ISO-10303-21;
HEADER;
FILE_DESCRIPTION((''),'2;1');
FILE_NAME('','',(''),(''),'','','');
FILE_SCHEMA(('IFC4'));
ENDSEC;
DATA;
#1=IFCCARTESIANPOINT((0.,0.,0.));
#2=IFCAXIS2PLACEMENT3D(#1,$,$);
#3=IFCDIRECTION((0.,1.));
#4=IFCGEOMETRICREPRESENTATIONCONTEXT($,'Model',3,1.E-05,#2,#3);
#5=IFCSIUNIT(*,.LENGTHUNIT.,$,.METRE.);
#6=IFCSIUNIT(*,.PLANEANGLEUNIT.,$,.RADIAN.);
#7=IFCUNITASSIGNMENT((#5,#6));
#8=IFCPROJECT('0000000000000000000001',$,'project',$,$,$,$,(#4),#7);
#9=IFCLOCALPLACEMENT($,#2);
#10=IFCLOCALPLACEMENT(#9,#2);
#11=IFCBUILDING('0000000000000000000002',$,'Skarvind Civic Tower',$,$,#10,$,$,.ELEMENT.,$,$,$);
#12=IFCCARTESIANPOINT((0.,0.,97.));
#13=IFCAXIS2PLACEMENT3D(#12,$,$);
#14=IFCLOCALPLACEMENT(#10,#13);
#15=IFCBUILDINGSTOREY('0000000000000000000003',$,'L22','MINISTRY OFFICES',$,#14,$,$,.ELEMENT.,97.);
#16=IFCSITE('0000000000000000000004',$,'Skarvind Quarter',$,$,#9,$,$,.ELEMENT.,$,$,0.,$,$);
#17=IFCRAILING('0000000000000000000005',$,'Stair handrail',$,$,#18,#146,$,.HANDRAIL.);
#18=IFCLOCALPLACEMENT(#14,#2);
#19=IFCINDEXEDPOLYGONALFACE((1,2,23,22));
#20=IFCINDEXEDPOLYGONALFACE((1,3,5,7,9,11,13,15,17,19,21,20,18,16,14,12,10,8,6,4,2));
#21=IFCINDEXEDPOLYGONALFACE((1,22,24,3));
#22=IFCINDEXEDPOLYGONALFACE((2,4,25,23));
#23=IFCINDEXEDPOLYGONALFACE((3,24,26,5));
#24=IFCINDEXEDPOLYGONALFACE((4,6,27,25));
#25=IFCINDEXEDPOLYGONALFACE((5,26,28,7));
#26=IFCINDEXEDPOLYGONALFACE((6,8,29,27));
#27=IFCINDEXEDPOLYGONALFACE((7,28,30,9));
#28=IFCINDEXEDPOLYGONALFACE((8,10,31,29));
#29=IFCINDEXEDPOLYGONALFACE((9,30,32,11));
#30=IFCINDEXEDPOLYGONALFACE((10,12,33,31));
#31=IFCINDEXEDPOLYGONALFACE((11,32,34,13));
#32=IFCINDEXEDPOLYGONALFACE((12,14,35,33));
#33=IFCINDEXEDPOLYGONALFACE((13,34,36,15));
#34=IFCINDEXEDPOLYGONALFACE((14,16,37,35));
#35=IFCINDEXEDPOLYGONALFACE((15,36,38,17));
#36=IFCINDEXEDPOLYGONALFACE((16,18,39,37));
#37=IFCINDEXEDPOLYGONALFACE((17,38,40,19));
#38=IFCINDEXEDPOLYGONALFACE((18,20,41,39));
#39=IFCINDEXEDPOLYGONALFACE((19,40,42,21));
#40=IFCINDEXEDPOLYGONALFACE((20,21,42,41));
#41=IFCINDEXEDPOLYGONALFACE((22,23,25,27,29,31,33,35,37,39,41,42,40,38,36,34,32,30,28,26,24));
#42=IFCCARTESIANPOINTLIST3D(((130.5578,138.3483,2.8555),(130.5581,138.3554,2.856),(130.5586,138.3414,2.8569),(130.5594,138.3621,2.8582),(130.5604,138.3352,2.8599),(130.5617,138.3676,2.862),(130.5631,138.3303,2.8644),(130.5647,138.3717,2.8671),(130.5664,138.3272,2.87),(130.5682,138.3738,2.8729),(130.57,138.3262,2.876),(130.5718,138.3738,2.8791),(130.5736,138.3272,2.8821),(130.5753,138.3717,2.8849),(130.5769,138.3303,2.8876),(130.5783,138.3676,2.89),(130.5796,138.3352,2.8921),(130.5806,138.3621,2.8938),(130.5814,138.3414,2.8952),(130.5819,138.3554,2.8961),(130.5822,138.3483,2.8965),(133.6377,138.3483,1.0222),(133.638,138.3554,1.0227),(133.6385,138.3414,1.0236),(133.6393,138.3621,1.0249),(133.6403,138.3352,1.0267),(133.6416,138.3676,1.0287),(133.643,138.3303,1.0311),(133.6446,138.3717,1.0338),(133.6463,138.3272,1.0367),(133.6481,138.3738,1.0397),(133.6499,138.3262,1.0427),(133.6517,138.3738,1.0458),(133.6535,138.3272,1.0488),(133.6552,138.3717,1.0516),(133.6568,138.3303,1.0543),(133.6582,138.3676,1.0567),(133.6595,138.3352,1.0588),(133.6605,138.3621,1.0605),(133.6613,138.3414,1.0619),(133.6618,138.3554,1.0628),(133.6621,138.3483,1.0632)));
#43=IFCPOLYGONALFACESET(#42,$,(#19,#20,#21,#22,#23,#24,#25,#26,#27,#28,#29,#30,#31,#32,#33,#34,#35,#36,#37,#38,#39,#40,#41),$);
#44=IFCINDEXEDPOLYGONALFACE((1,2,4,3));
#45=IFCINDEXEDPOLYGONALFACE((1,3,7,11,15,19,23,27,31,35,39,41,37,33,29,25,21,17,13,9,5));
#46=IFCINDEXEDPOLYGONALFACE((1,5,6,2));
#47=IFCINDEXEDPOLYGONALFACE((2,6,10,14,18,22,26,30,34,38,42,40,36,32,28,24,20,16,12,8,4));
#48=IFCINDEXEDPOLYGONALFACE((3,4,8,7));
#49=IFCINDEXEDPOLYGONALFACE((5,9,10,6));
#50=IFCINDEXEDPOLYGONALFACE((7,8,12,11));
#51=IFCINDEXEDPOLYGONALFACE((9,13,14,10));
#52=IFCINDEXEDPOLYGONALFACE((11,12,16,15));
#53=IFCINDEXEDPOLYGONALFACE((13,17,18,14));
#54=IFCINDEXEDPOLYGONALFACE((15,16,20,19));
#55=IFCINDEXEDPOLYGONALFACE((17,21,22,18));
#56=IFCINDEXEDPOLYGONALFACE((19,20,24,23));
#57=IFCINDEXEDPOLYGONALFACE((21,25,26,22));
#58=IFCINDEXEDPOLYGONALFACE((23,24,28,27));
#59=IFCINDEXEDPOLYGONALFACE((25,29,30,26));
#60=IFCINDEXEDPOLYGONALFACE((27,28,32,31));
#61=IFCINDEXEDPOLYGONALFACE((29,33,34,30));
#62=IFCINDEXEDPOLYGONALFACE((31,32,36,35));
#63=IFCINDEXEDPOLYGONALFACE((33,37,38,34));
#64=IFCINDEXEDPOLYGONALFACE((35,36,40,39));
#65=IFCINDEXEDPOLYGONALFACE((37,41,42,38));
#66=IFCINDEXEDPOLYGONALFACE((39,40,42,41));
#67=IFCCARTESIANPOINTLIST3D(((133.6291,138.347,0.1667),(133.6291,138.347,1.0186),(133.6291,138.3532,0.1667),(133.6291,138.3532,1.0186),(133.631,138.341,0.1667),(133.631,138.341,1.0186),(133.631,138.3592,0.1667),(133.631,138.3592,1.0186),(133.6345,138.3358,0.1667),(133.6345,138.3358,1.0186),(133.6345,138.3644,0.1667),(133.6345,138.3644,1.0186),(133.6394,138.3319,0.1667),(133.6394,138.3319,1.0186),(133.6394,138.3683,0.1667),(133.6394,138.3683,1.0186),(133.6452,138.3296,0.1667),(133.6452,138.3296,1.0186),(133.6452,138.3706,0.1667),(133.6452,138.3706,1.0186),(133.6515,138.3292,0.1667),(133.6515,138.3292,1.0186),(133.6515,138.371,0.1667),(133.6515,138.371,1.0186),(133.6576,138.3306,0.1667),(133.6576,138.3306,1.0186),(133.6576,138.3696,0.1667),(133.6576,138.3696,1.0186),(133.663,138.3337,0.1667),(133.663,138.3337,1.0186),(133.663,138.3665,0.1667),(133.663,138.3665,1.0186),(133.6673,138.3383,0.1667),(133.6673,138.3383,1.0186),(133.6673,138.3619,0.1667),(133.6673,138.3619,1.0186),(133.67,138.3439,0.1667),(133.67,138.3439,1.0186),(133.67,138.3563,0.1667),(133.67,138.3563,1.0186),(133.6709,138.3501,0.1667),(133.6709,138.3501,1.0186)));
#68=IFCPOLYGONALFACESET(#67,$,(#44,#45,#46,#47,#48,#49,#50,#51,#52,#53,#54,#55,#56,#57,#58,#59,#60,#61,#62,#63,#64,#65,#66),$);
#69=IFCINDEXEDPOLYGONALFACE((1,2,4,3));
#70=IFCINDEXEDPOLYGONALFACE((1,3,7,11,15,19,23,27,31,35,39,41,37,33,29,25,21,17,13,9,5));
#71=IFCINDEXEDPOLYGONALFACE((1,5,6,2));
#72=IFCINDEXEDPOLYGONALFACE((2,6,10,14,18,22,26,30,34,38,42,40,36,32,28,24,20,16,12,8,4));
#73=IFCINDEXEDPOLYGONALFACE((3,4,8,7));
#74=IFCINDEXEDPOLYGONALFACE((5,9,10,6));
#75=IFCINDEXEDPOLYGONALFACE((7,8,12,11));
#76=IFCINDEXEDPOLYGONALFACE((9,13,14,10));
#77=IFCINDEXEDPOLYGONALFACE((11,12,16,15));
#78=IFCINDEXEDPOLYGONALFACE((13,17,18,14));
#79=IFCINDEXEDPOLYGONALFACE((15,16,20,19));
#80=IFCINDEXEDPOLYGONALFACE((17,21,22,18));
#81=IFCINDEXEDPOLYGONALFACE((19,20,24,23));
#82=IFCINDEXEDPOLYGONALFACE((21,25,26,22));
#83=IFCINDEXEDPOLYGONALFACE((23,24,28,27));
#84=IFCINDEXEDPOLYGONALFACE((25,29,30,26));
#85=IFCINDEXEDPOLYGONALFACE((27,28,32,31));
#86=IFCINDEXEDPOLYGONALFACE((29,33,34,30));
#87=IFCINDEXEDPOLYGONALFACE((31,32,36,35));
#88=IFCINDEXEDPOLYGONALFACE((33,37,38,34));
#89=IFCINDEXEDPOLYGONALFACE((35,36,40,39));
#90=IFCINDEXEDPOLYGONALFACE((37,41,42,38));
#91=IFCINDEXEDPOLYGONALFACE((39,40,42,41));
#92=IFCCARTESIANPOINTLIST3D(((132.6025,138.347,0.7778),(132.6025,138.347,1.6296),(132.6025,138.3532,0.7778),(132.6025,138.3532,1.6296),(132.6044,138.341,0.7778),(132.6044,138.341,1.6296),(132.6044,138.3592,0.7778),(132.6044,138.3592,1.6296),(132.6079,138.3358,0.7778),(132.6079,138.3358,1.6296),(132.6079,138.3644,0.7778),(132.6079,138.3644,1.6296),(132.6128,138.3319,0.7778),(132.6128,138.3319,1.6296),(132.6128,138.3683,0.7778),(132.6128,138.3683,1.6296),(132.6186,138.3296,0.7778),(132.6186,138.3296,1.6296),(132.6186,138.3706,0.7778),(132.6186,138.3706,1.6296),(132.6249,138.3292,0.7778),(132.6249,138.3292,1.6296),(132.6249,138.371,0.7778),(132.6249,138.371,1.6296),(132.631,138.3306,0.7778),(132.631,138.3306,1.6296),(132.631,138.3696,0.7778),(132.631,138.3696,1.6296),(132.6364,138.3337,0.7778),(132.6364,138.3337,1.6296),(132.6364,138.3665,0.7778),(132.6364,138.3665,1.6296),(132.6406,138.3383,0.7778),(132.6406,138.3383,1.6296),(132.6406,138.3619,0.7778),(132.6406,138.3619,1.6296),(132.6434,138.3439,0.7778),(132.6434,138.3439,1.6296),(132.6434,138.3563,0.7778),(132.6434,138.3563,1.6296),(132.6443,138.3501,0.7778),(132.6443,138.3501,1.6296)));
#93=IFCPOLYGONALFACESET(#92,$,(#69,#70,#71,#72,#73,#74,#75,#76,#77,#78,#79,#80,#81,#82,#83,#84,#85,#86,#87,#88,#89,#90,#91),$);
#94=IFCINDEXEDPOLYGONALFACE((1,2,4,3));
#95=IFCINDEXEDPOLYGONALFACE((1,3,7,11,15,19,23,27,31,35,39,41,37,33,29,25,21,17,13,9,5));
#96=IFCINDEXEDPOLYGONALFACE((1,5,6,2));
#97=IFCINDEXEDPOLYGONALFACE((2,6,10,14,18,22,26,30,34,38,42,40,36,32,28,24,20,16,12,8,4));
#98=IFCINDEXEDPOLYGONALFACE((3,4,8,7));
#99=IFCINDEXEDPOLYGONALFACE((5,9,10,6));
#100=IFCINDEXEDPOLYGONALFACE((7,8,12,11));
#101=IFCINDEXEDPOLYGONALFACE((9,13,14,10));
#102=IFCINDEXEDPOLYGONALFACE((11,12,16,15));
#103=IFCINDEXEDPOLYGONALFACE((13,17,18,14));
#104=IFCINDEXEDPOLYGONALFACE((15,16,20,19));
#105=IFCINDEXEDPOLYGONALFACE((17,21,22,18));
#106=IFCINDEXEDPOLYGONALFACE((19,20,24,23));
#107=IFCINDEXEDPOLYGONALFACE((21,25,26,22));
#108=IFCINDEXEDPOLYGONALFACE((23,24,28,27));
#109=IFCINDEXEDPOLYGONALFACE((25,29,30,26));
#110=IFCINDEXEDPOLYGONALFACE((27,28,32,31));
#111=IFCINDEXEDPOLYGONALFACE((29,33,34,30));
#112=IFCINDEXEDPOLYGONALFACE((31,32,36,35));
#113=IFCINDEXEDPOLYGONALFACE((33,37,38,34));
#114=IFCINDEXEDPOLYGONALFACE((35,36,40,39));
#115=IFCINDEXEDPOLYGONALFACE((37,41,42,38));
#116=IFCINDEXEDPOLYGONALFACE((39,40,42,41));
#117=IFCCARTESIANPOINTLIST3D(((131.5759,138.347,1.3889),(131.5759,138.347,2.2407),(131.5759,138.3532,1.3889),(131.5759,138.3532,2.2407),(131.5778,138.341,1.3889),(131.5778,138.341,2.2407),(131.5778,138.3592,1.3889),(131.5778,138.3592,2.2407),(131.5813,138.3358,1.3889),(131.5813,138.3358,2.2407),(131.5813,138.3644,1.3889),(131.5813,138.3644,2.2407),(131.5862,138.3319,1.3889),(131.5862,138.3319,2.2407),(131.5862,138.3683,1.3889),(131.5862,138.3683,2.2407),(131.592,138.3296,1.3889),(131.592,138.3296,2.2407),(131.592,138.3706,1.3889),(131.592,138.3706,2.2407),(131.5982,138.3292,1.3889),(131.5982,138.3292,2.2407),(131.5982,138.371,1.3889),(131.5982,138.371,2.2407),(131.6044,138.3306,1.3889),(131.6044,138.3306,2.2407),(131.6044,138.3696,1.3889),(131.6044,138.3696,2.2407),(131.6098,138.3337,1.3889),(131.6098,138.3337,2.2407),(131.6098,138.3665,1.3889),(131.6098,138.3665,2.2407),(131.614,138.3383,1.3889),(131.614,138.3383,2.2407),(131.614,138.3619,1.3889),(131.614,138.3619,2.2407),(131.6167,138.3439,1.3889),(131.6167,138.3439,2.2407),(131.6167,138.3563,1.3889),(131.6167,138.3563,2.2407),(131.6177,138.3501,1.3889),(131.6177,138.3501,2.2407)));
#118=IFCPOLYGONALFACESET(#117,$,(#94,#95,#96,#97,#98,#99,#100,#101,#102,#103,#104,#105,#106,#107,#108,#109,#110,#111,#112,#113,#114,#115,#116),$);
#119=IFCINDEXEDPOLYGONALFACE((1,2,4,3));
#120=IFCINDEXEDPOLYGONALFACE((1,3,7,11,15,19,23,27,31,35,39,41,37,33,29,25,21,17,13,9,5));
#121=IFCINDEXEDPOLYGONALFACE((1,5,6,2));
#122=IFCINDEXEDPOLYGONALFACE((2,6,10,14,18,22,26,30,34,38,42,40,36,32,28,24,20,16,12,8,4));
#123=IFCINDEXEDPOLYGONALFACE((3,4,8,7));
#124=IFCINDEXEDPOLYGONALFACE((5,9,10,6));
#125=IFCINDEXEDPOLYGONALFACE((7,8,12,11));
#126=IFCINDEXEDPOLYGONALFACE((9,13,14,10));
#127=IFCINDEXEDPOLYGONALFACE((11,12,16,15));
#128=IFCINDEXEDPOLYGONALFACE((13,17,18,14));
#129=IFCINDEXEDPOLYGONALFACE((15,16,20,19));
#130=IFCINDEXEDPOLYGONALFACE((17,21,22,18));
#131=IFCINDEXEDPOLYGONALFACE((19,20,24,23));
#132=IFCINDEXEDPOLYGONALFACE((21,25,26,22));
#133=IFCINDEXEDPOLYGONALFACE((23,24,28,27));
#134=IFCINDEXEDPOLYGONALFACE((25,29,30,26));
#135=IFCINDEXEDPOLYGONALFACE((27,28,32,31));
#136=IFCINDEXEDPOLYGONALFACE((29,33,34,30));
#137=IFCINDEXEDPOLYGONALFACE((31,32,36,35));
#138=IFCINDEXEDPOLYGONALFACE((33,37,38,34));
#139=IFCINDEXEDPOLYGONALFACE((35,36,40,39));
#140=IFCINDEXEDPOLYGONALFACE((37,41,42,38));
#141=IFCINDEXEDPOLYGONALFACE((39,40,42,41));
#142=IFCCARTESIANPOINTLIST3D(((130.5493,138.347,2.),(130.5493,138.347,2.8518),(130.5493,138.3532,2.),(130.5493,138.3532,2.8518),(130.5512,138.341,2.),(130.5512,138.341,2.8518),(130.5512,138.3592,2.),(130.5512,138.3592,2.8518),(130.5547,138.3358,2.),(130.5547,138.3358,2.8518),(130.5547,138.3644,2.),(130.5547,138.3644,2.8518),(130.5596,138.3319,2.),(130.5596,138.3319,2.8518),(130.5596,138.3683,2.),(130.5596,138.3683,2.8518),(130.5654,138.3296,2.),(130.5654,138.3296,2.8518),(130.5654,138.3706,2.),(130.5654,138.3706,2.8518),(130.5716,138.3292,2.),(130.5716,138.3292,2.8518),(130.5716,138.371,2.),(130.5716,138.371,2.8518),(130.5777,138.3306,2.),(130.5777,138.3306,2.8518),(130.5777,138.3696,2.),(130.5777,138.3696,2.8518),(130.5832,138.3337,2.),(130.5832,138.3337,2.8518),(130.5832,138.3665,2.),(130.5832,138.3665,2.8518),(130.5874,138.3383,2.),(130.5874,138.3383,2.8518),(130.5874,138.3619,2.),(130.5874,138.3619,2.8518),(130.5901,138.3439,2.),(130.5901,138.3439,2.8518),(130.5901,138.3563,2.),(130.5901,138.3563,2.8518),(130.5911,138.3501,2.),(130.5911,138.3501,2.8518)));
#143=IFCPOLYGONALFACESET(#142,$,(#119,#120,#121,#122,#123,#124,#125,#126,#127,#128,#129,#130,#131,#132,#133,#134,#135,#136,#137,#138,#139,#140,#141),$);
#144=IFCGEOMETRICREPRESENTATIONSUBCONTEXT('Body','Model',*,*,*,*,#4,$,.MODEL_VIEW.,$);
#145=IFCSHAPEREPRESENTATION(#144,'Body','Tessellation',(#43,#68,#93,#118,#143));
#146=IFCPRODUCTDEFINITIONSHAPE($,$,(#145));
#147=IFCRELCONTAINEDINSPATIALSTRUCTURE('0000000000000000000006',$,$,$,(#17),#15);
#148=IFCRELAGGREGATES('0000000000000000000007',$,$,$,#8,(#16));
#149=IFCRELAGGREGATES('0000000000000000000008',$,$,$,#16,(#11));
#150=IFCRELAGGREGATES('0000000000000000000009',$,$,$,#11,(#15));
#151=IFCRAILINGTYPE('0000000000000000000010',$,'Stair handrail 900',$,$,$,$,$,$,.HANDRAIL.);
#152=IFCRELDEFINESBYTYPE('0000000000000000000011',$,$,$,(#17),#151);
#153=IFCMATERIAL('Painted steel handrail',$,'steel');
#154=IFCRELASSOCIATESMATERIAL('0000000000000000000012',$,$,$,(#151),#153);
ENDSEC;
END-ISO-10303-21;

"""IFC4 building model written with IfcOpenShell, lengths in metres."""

from ifc_helpers import new_model, si_unit, direction, frame, origin, origin_2d, place, context, subcontext, project, spatial, circle, extrude, material, type_object, element, save


model = new_model("IFC4")

# Units and contexts
model_context = context("Model", 3, precision=1e-05, world=origin(), true_north=direction((0.0, 1.0)))
body_context = subcontext(model_context, "Body", "Model", "MODEL_VIEW")
ifc_project = project(units=[si_unit("LENGTHUNIT", "METRE"), si_unit("PLANEANGLEUNIT", "RADIAN")], contexts=[model_context])

# Site, building, storey
site_placement = place(None, origin())
site = spatial("IfcSite", under=ifc_project, at=site_placement, Name="Skarvind Quarter", CompositionType="ELEMENT", RefElevation=0.0)
building_placement = place(site_placement, origin())
building = spatial("IfcBuilding", under=site, at=building_placement, Name="Skarvind Civic Tower", CompositionType="ELEMENT")
storey_placement = place(building_placement, frame((0.0, 0.0, 97.0)))
storey = spatial("IfcBuildingStorey", under=building, at=storey_placement, Name="L22", Description="MINISTRY OFFICES", CompositionType="ELEMENT", Elevation=97.0)

# Railing
ifc_material_1 = material(Name="Painted steel handrail", Category="steel")
railing_type = type_object("IfcRailingType", Name="Stair handrail 900", PredefinedType="HANDRAIL", material=ifc_material_1)
railing_1_placement = place(storey_placement, frame((133.6499, 138.3501, 0.1667)))
element("IfcRailing", 1, at=railing_1_placement, inside=storey, type_object=railing_type, Name="Stair handrail", PredefinedType="HANDRAIL", context=body_context, shape_type="SweptSolid", body=[
    extrude(circle(Radius=0.0239, at=origin_2d()), frame((0.0, 0.0, 0.876), z_axis=(-0.859291, 0.0, 0.511487), x_axis=(0.0, -1.0, 0.0)), (0.0, 0.0, 1.0), 3.5842),
    extrude(circle(Radius=0.021, at=origin_2d()), origin(), (0.0, 0.0, 1.0), 0.8518),
    extrude(circle(Radius=0.021, at=origin_2d()), frame((-1.0266, 0.0, 0.6111)), (0.0, 0.0, 1.0), 0.8518),
    extrude(circle(Radius=0.021, at=origin_2d()), frame((-2.0532, 0.0, 1.2222)), (0.0, 0.0, 1.0), 0.8518),
    extrude(circle(Radius=0.021, at=origin_2d()), frame((-3.0798, 0.0, 1.8333)), (0.0, 0.0, 1.0), 0.8518),
])

save(model, "model.ifc")
